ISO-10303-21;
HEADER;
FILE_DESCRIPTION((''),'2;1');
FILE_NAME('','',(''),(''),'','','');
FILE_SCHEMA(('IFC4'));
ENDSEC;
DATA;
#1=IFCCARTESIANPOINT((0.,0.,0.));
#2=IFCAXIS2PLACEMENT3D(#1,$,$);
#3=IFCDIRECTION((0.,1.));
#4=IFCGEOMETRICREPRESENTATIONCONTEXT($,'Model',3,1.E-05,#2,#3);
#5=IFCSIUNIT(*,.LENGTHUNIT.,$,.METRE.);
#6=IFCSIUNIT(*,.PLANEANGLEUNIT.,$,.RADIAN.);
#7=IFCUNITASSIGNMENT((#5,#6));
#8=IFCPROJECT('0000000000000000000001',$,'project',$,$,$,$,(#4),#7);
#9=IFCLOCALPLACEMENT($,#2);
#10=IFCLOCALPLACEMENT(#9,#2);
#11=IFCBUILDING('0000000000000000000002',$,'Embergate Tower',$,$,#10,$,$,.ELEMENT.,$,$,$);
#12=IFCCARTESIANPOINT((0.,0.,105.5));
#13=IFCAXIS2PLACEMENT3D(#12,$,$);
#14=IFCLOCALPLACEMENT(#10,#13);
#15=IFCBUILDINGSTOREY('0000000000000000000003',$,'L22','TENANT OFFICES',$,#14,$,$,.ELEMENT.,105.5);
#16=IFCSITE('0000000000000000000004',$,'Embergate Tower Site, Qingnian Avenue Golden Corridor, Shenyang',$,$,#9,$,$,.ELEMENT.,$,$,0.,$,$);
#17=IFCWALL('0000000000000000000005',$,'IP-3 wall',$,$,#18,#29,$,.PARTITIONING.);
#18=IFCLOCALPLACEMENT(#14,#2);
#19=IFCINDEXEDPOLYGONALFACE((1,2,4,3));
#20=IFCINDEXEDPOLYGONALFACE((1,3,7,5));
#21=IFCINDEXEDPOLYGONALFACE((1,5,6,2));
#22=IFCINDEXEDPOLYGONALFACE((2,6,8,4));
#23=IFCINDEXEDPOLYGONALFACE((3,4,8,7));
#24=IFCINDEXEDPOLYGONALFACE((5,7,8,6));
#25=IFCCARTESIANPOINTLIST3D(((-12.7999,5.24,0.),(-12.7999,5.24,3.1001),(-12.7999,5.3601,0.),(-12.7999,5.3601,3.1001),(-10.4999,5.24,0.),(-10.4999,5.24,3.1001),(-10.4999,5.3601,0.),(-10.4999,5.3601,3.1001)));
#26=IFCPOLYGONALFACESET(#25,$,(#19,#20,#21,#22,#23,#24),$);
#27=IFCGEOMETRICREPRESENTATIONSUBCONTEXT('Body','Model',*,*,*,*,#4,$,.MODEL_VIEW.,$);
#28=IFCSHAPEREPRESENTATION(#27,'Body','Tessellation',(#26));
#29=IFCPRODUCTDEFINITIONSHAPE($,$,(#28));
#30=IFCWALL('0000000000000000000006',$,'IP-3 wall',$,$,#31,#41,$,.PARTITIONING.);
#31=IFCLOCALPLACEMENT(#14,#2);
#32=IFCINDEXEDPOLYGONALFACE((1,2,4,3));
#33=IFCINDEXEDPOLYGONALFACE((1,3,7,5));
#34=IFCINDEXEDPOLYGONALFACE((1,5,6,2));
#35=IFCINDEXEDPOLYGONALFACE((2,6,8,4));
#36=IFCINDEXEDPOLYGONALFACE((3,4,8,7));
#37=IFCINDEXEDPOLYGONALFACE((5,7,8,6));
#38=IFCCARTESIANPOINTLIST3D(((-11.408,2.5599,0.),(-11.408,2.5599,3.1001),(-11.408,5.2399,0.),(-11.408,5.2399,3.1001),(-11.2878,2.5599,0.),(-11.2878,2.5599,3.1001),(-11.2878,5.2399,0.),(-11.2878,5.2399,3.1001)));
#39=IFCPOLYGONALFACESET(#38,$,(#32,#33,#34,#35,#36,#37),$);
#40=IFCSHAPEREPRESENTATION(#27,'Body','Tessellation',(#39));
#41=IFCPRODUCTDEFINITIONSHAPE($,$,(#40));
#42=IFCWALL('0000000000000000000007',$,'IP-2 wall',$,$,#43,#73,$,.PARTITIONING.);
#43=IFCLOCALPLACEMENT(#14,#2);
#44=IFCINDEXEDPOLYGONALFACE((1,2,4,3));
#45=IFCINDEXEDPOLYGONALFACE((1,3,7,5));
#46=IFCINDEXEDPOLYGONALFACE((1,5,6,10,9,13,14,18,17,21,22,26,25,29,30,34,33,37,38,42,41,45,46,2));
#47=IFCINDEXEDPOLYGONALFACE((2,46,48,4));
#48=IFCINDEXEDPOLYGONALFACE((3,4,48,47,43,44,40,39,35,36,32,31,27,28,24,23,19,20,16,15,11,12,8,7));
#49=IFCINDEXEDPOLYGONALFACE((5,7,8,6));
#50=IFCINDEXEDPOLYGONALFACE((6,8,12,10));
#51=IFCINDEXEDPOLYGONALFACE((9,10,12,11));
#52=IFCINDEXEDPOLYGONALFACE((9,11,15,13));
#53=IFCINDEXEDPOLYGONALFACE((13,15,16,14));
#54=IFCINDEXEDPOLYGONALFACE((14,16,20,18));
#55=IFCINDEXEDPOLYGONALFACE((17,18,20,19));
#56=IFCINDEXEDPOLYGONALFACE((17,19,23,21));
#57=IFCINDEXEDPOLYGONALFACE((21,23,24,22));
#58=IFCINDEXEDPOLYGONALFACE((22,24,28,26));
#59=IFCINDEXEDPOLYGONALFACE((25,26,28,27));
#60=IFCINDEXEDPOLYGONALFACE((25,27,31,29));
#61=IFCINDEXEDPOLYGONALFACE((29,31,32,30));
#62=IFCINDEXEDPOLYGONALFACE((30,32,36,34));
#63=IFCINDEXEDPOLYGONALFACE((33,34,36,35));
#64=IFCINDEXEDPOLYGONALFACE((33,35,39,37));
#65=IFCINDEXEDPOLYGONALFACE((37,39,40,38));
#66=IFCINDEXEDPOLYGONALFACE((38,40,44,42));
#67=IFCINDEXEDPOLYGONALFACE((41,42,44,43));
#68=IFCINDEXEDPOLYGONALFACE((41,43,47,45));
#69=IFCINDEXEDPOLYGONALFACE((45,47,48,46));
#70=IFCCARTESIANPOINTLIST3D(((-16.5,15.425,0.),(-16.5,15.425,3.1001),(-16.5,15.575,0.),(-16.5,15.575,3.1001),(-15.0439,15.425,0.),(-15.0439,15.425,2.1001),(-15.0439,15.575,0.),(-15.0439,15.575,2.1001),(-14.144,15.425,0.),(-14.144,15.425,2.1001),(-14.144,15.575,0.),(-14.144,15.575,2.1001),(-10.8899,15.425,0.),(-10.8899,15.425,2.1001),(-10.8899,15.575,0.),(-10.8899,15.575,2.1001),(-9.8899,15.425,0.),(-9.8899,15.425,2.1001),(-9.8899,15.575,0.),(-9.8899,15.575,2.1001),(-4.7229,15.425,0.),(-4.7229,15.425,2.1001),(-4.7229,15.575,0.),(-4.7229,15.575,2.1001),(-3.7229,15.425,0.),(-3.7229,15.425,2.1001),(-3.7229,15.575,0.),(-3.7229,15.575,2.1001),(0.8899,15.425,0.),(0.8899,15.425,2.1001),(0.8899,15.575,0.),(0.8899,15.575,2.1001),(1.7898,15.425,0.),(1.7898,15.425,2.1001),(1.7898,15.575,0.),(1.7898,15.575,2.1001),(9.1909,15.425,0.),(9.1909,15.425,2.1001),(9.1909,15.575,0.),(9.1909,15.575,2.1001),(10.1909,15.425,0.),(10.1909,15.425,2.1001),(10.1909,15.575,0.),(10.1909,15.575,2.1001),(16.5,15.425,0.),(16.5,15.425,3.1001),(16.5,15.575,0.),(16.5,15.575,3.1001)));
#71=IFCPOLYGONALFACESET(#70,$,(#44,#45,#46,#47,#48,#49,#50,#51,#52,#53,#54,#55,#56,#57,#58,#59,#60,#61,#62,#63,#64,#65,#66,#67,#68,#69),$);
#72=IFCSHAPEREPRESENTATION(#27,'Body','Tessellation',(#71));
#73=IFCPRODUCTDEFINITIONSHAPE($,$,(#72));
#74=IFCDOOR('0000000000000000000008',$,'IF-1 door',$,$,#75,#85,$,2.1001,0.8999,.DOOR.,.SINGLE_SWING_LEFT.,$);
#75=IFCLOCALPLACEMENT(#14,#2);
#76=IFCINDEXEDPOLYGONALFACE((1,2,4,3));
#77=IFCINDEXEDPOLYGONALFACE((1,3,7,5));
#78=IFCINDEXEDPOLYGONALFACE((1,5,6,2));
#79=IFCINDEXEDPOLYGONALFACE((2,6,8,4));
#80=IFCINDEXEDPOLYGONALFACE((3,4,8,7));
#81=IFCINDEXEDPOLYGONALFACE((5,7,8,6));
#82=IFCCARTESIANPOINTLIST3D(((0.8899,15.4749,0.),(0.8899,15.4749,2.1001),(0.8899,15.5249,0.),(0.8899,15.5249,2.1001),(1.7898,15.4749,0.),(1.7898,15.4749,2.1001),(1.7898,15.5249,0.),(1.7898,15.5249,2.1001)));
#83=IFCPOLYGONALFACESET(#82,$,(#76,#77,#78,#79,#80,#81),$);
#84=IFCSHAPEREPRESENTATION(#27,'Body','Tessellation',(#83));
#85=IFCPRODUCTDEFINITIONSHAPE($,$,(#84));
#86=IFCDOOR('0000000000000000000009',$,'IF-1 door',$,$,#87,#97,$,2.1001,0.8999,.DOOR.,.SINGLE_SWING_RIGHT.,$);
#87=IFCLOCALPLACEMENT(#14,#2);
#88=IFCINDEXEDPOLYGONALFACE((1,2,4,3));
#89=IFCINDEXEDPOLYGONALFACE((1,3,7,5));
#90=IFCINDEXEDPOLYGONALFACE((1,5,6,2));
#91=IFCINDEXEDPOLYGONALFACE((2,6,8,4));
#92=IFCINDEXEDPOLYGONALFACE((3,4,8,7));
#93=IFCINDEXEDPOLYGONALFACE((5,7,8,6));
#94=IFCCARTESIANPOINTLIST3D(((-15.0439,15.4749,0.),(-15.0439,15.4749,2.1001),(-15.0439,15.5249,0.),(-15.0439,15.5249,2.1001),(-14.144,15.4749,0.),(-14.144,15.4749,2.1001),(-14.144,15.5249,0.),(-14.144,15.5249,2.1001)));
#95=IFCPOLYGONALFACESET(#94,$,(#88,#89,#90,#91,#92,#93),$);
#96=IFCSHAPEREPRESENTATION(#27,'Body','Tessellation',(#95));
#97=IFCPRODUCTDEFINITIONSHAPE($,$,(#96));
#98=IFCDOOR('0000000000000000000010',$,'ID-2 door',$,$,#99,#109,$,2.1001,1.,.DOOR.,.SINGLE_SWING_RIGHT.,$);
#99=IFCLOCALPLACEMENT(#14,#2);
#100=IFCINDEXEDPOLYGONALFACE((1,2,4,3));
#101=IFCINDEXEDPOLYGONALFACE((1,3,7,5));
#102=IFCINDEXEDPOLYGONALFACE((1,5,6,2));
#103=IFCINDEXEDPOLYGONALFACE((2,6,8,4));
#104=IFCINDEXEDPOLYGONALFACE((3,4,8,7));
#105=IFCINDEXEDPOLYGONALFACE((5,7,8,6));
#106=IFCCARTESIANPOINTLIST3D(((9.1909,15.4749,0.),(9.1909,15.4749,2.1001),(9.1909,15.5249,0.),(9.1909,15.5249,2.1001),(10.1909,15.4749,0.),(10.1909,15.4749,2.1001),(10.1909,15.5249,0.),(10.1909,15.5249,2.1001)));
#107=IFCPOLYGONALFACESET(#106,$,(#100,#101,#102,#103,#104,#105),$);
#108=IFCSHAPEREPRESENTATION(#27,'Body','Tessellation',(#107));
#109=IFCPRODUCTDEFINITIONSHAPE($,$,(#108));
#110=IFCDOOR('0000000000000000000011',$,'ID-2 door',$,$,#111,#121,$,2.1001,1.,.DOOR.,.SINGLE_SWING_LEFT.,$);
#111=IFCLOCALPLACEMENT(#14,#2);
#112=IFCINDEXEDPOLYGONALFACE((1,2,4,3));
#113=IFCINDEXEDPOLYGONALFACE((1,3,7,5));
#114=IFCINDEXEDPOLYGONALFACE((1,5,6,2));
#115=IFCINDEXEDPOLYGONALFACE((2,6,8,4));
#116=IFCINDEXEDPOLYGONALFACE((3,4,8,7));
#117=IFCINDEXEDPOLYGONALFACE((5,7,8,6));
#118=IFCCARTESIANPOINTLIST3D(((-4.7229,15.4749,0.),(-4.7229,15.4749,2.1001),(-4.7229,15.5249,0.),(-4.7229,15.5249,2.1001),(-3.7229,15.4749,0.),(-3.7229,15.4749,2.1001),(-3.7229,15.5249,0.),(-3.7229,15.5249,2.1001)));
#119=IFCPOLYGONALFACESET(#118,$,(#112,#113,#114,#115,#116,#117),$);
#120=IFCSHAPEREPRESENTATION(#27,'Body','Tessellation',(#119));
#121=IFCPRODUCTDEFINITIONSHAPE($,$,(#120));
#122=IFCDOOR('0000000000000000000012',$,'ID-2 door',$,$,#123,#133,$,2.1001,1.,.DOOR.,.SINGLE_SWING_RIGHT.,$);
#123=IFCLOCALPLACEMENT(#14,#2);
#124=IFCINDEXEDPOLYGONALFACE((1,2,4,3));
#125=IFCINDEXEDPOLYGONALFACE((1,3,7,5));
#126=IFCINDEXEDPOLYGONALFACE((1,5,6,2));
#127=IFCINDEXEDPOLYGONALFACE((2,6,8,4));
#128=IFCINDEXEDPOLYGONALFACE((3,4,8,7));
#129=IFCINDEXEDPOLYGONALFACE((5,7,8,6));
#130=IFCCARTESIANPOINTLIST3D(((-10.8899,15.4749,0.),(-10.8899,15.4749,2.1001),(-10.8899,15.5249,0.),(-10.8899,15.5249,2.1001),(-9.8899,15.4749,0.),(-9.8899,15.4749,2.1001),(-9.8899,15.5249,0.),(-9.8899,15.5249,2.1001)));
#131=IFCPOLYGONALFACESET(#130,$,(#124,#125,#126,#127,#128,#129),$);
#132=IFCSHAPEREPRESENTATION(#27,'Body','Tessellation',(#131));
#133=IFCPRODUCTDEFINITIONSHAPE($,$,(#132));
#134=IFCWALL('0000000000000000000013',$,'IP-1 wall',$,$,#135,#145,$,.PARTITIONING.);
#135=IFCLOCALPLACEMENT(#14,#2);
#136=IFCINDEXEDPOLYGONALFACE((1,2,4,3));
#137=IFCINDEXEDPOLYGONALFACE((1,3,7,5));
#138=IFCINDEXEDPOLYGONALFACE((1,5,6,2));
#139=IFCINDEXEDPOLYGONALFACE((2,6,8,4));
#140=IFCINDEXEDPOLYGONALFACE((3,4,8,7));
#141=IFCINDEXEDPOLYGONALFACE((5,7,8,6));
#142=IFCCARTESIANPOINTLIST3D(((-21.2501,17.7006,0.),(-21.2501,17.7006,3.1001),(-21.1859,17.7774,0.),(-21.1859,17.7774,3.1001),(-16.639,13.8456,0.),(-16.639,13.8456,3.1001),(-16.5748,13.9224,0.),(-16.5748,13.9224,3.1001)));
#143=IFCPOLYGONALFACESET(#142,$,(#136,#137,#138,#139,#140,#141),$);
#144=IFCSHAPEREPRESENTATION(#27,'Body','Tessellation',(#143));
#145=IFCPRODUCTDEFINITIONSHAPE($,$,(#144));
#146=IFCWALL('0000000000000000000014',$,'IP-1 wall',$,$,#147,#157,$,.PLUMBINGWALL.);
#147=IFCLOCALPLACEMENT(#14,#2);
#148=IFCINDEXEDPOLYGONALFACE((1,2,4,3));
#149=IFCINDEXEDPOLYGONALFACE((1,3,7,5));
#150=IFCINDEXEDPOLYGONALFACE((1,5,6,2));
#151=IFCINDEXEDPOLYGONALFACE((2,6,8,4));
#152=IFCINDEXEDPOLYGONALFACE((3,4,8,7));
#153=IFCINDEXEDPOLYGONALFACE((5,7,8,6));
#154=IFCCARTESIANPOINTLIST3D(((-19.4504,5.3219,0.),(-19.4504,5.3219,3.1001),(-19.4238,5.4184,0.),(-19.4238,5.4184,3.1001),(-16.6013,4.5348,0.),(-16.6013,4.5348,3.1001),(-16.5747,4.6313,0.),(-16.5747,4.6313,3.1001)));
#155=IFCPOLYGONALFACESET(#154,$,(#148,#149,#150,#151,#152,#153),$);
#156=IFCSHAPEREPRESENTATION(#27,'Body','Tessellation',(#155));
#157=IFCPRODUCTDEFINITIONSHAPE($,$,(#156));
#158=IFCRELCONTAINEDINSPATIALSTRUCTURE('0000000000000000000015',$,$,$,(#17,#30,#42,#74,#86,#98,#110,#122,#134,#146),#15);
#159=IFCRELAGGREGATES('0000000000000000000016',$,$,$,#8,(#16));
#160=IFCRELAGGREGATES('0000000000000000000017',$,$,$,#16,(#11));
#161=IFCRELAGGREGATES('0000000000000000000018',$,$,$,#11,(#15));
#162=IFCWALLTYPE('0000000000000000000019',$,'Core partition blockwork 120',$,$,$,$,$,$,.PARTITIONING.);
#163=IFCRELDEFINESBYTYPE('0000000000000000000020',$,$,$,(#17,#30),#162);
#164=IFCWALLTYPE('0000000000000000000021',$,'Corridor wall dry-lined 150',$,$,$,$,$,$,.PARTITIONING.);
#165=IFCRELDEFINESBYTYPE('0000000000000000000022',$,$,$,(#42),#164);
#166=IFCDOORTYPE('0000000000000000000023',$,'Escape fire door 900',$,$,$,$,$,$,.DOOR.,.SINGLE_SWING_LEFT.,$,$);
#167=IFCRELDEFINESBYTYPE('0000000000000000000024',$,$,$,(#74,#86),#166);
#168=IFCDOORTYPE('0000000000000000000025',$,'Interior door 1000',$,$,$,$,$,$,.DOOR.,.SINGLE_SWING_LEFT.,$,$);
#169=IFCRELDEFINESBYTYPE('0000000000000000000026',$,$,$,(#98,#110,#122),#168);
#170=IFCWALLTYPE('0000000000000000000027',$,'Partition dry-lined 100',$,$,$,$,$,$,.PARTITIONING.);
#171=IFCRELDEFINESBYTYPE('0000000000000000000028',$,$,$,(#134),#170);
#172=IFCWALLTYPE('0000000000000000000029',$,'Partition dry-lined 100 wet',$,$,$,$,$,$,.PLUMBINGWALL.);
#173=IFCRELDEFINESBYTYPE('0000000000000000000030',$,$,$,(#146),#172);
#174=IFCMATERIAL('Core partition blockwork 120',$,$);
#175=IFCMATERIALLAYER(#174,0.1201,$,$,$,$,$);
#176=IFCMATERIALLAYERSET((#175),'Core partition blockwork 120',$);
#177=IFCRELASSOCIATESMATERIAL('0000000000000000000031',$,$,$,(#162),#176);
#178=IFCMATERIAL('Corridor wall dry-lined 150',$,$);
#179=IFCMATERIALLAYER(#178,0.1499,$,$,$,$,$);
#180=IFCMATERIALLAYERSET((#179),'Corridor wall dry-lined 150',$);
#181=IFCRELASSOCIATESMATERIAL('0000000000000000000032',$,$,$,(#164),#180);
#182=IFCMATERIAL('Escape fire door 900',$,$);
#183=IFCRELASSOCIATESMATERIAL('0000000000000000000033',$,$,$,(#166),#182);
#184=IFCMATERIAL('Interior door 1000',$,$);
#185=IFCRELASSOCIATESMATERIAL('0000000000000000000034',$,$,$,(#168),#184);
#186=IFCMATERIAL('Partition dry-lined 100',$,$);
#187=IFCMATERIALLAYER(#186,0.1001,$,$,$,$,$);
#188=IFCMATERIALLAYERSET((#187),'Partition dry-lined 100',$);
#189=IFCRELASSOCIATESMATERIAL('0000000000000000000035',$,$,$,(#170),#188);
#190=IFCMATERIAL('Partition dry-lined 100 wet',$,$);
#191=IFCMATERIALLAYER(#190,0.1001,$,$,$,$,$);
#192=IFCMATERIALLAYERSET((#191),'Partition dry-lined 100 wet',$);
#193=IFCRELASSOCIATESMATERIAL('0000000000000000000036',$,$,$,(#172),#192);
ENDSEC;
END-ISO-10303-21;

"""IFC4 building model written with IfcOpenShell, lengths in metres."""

from ifc_helpers import new_model, si_unit, direction, frame, frame_2d, origin, place, context, subcontext, project, spatial, rectangle, extrude, source, transform, mapped, material, layer, layer_set, type_object, element, fill, save


model = new_model("IFC4")

# Units and contexts
model_context = context("Model", 3, precision=1e-05, world=origin(), true_north=direction((0.0, 1.0)))
body_context = subcontext(model_context, "Body", "Model", "MODEL_VIEW")
ifc_project = project(units=[si_unit("LENGTHUNIT", "METRE"), si_unit("PLANEANGLEUNIT", "RADIAN")], contexts=[model_context])

# Site, building, storey
site_placement = place(None, origin())
site = spatial("IfcSite", under=ifc_project, at=site_placement, Name="Embergate Tower Site, Qingnian Avenue Golden Corridor, Shenyang", CompositionType="ELEMENT", RefElevation=0.0)
building_placement = place(site_placement, origin())
building = spatial("IfcBuilding", under=site, at=building_placement, Name="Embergate Tower", CompositionType="ELEMENT")
storey_placement = place(building_placement, frame((0.0, 0.0, 105.5)))
storey = spatial("IfcBuildingStorey", under=building, at=storey_placement, Name="L22", Description="TENANT OFFICES", CompositionType="ELEMENT", Elevation=105.5)

# Shared definitions
ifc_material_1 = material(Name="Core partition blockwork 120")
ifc_layer_1 = layer(ifc_material_1, 0.1201)
ifc_layer_set_1 = layer_set([ifc_layer_1], Name="Core partition blockwork 120")
wall_type_1 = type_object("IfcWallType", Name="Core partition blockwork 120", PredefinedType="PARTITIONING", material=ifc_layer_set_1)
shared_shape_1 = source(origin(), body_context, "Body", "SweptSolid", [
    extrude(rectangle(XDim=0.8999, YDim=2.1001, at=frame_2d((0.45, 1.05))), frame((0.0, 0.0249, 0.0), z_axis=(0.0, -1.0, 0.0), x_axis=(1.0, 0.0, 0.0)), (0.0, 0.0, 1.0), 0.05),
])

# Shared definitions
shared_shape_2 = source(origin(), body_context, "Body", "SweptSolid", [
    extrude(rectangle(XDim=2.3, YDim=0.1201, at=frame_2d((1.1499, 0.0))), origin(), (0.0, 0.0, 1.0), 3.1001),
])

# Walls
wall_1_placement = place(storey_placement, frame((-10.5, 5.3, 0.0), z_axis=(0.0, 0.0, 1.0), x_axis=(-1.0, 0.0, 0.0)))
element("IfcWall", 1, at=wall_1_placement, inside=storey, type_object=wall_type_1, Name="IP-3 wall", PredefinedType="PARTITIONING", context=body_context, shape_type="MappedRepresentation", body=[
    mapped(shared_shape_2, transform((0.0, 0.0, 0.0))),
])
shared_shape_3 = source(origin(), body_context, "Body", "SweptSolid", [
    extrude(rectangle(XDim=2.6799, YDim=0.1201, at=frame_2d((1.3398, 0.0))), origin(), (0.0, 0.0, 1.0), 3.1001),
])
wall_2_placement = place(storey_placement, frame((-11.3479, 2.5601, 0.0), z_axis=(0.0, 0.0, 1.0), x_axis=(0.0, 1.0, 0.0)))
element("IfcWall", 2, at=wall_2_placement, inside=storey, type_object=wall_type_1, Name="IP-3 wall", PredefinedType="PARTITIONING", context=body_context, shape_type="MappedRepresentation", body=[
    mapped(shared_shape_3, transform((0.0, 0.0, 0.0))),
])

# Wall, openings, doors
ifc_material_2 = material(Name="Corridor wall dry-lined 150")
ifc_layer_2 = layer(ifc_material_2, 0.1499)
ifc_layer_set_2 = layer_set([ifc_layer_2], Name="Corridor wall dry-lined 150")
wall_type_2 = type_object("IfcWallType", Name="Corridor wall dry-lined 150", PredefinedType="PARTITIONING", material=ifc_layer_set_2)
shared_shape_4 = source(origin(), body_context, "Body", "SweptSolid", [
    extrude(rectangle(XDim=33.0, YDim=0.1499, at=frame_2d((16.5, 0.0))), origin(), (0.0, 0.0, 1.0), 3.1001),
])
wall_3_placement = place(storey_placement, frame((-16.5, 15.5, 0.0), z_axis=(0.0, 0.0, 1.0), x_axis=(1.0, 0.0, 0.0)))
wall_3 = element("IfcWall", 3, at=wall_3_placement, inside=storey, type_object=wall_type_2, Name="IP-2 wall", PredefinedType="PARTITIONING", context=body_context, shape_type="MappedRepresentation", body=[
    mapped(shared_shape_4, transform((0.0, 0.0, 0.0))),
])
shared_shape_5 = source(origin(), body_context, "Body", "SweptSolid", [
    extrude(rectangle(XDim=1.0, YDim=2.1001, at=frame_2d((0.5, 1.05))), frame((0.0, 0.085, 0.0), z_axis=(0.0, -1.0, 0.0), x_axis=(1.0, 0.0, 0.0)), (0.0, 0.0, 1.0), 0.1699),
])
opening_1_placement = place(wall_3_placement, frame((25.6909, 0.0, 0.0)))
opening_1 = element("IfcOpeningElement", 4, at=opening_1_placement, cuts=wall_3, PredefinedType="OPENING", context=body_context, shape_type="MappedRepresentation", body=[
    mapped(shared_shape_5, transform((0.0, 0.0, 0.0))),
])
shared_shape_6 = source(origin(), body_context, "Body", "SweptSolid", [
    extrude(rectangle(XDim=0.8999, YDim=2.1001, at=frame_2d((0.45, 1.05))), frame((0.0, 0.085, 0.0), z_axis=(0.0, -1.0, 0.0), x_axis=(1.0, 0.0, 0.0)), (0.0, 0.0, 1.0), 0.1699),
])
opening_2_placement = place(wall_3_placement, frame((17.3899, 0.0, 0.0)))
opening_2 = element("IfcOpeningElement", 5, at=opening_2_placement, cuts=wall_3, PredefinedType="OPENING", context=body_context, shape_type="MappedRepresentation", body=[
    mapped(shared_shape_6, transform((0.0, 0.0, 0.0))),
])
opening_3_placement = place(wall_3_placement, frame((11.7771, 0.0, 0.0)))
opening_3 = element("IfcOpeningElement", 6, at=opening_3_placement, cuts=wall_3, PredefinedType="OPENING", context=body_context, shape_type="MappedRepresentation", body=[
    mapped(shared_shape_5, transform((0.0, 0.0, 0.0))),
])
opening_4_placement = place(wall_3_placement, frame((5.6101, 0.0, 0.0)))
opening_4 = element("IfcOpeningElement", 7, at=opening_4_placement, cuts=wall_3, PredefinedType="OPENING", context=body_context, shape_type="MappedRepresentation", body=[
    mapped(shared_shape_5, transform((0.0, 0.0, 0.0))),
])
opening_5_placement = place(wall_3_placement, frame((1.4561, 0.0, 0.0)))
opening_5 = element("IfcOpeningElement", 8, at=opening_5_placement, cuts=wall_3, PredefinedType="OPENING", context=body_context, shape_type="MappedRepresentation", body=[
    mapped(shared_shape_6, transform((0.0, 0.0, 0.0))),
])
ifc_material_3 = material(Name="Escape fire door 900")
door_type_1 = type_object("IfcDoorType", Name="Escape fire door 900", OperationType="SINGLE_SWING_LEFT", PredefinedType="DOOR", material=ifc_material_3)
door_1_placement = place(opening_2_placement, origin())
door_1 = element("IfcDoor", 9, at=door_1_placement, inside=storey, type_object=door_type_1, Name="IF-1 door", OperationType="SINGLE_SWING_LEFT", OverallHeight=2.1001, OverallWidth=0.8999, PredefinedType="DOOR", context=body_context, shape_type="MappedRepresentation", body=[
    mapped(shared_shape_1, transform((0.0, 0.0, 0.0))),
])
fill(opening_2, door_1)
door_2_placement = place(opening_5_placement, origin())
door_2 = element("IfcDoor", 10, at=door_2_placement, inside=storey, type_object=door_type_1, Name="IF-1 door", OperationType="SINGLE_SWING_RIGHT", OverallHeight=2.1001, OverallWidth=0.8999, PredefinedType="DOOR", context=body_context, shape_type="MappedRepresentation", body=[
    mapped(shared_shape_1, transform((0.0, 0.0, 0.0))),
])
fill(opening_5, door_2)
ifc_material_4 = material(Name="Interior door 1000")
door_type_2 = type_object("IfcDoorType", Name="Interior door 1000", OperationType="SINGLE_SWING_LEFT", PredefinedType="DOOR", material=ifc_material_4)
shared_shape_7 = source(origin(), body_context, "Body", "SweptSolid", [
    extrude(rectangle(XDim=1.0, YDim=2.1001, at=frame_2d((0.5, 1.05))), frame((0.0, 0.0249, 0.0), z_axis=(0.0, -1.0, 0.0), x_axis=(1.0, 0.0, 0.0)), (0.0, 0.0, 1.0), 0.05),
])
door_3_placement = place(opening_1_placement, origin())
door_3 = element("IfcDoor", 11, at=door_3_placement, inside=storey, type_object=door_type_2, Name="ID-2 door", OperationType="SINGLE_SWING_RIGHT", OverallHeight=2.1001, OverallWidth=1.0, PredefinedType="DOOR", context=body_context, shape_type="MappedRepresentation", body=[
    mapped(shared_shape_7, transform((0.0, 0.0, 0.0))),
])
fill(opening_1, door_3)
door_4_placement = place(opening_3_placement, origin())
door_4 = element("IfcDoor", 12, at=door_4_placement, inside=storey, type_object=door_type_2, Name="ID-2 door", OperationType="SINGLE_SWING_LEFT", OverallHeight=2.1001, OverallWidth=1.0, PredefinedType="DOOR", context=body_context, shape_type="MappedRepresentation", body=[
    mapped(shared_shape_7, transform((0.0, 0.0, 0.0))),
])
fill(opening_3, door_4)
door_5_placement = place(opening_4_placement, origin())
door_5 = element("IfcDoor", 13, at=door_5_placement, inside=storey, type_object=door_type_2, Name="ID-2 door", OperationType="SINGLE_SWING_RIGHT", OverallHeight=2.1001, OverallWidth=1.0, PredefinedType="DOOR", context=body_context, shape_type="MappedRepresentation", body=[
    mapped(shared_shape_7, transform((0.0, 0.0, 0.0))),
])
fill(opening_4, door_5)

# Walls
ifc_material_5 = material(Name="Partition dry-lined 100")
ifc_layer_3 = layer(ifc_material_5, 0.1001)
ifc_layer_set_3 = layer_set([ifc_layer_3], Name="Partition dry-lined 100")
wall_type_3 = type_object("IfcWallType", Name="Partition dry-lined 100", PredefinedType="PARTITIONING", material=ifc_layer_set_3)
shared_shape_8 = source(origin(), body_context, "Body", "SweptSolid", [
    extrude(rectangle(XDim=6.0103, YDim=0.1001, at=frame_2d((3.0051, 0.0))), origin(), (0.0, 0.0, 1.0), 3.1001),
])
wall_4_placement = place(storey_placement, frame((-16.6069, 13.884, 0.0), z_axis=(0.0, 0.0, 1.0), x_axis=(-0.767205, 0.641402, 0.0)))
element("IfcWall", 14, at=wall_4_placement, inside=storey, type_object=wall_type_3, Name="IP-1 wall", PredefinedType="PARTITIONING", context=body_context, shape_type="MappedRepresentation", body=[
    mapped(shared_shape_8, transform((0.0, 0.0, 0.0))),
])
ifc_material_6 = material(Name="Partition dry-lined 100 wet")
ifc_layer_4 = layer(ifc_material_6, 0.1001)
ifc_layer_set_4 = layer_set([ifc_layer_4], Name="Partition dry-lined 100 wet")
wall_type_4 = type_object("IfcWallType", Name="Partition dry-lined 100 wet", PredefinedType="PLUMBINGWALL", material=ifc_layer_set_4)
shared_shape_9 = source(origin(), body_context, "Body", "SweptSolid", [
    extrude(rectangle(XDim=2.9558, YDim=0.1001, at=frame_2d((1.478, 0.0))), origin(), (0.0, 0.0, 1.0), 3.1001),
])
wall_5_placement = place(storey_placement, frame((-16.5879, 4.583, 0.0), z_axis=(0.0, 0.0, 1.0), x_axis=(-0.963893, 0.266289, 0.0)))
element("IfcWall", 15, at=wall_5_placement, inside=storey, type_object=wall_type_4, Name="IP-1 wall", PredefinedType="PLUMBINGWALL", context=body_context, shape_type="MappedRepresentation", body=[
    mapped(shared_shape_9, transform((0.0, 0.0, 0.0))),
])

save(model, "model.ifc")
